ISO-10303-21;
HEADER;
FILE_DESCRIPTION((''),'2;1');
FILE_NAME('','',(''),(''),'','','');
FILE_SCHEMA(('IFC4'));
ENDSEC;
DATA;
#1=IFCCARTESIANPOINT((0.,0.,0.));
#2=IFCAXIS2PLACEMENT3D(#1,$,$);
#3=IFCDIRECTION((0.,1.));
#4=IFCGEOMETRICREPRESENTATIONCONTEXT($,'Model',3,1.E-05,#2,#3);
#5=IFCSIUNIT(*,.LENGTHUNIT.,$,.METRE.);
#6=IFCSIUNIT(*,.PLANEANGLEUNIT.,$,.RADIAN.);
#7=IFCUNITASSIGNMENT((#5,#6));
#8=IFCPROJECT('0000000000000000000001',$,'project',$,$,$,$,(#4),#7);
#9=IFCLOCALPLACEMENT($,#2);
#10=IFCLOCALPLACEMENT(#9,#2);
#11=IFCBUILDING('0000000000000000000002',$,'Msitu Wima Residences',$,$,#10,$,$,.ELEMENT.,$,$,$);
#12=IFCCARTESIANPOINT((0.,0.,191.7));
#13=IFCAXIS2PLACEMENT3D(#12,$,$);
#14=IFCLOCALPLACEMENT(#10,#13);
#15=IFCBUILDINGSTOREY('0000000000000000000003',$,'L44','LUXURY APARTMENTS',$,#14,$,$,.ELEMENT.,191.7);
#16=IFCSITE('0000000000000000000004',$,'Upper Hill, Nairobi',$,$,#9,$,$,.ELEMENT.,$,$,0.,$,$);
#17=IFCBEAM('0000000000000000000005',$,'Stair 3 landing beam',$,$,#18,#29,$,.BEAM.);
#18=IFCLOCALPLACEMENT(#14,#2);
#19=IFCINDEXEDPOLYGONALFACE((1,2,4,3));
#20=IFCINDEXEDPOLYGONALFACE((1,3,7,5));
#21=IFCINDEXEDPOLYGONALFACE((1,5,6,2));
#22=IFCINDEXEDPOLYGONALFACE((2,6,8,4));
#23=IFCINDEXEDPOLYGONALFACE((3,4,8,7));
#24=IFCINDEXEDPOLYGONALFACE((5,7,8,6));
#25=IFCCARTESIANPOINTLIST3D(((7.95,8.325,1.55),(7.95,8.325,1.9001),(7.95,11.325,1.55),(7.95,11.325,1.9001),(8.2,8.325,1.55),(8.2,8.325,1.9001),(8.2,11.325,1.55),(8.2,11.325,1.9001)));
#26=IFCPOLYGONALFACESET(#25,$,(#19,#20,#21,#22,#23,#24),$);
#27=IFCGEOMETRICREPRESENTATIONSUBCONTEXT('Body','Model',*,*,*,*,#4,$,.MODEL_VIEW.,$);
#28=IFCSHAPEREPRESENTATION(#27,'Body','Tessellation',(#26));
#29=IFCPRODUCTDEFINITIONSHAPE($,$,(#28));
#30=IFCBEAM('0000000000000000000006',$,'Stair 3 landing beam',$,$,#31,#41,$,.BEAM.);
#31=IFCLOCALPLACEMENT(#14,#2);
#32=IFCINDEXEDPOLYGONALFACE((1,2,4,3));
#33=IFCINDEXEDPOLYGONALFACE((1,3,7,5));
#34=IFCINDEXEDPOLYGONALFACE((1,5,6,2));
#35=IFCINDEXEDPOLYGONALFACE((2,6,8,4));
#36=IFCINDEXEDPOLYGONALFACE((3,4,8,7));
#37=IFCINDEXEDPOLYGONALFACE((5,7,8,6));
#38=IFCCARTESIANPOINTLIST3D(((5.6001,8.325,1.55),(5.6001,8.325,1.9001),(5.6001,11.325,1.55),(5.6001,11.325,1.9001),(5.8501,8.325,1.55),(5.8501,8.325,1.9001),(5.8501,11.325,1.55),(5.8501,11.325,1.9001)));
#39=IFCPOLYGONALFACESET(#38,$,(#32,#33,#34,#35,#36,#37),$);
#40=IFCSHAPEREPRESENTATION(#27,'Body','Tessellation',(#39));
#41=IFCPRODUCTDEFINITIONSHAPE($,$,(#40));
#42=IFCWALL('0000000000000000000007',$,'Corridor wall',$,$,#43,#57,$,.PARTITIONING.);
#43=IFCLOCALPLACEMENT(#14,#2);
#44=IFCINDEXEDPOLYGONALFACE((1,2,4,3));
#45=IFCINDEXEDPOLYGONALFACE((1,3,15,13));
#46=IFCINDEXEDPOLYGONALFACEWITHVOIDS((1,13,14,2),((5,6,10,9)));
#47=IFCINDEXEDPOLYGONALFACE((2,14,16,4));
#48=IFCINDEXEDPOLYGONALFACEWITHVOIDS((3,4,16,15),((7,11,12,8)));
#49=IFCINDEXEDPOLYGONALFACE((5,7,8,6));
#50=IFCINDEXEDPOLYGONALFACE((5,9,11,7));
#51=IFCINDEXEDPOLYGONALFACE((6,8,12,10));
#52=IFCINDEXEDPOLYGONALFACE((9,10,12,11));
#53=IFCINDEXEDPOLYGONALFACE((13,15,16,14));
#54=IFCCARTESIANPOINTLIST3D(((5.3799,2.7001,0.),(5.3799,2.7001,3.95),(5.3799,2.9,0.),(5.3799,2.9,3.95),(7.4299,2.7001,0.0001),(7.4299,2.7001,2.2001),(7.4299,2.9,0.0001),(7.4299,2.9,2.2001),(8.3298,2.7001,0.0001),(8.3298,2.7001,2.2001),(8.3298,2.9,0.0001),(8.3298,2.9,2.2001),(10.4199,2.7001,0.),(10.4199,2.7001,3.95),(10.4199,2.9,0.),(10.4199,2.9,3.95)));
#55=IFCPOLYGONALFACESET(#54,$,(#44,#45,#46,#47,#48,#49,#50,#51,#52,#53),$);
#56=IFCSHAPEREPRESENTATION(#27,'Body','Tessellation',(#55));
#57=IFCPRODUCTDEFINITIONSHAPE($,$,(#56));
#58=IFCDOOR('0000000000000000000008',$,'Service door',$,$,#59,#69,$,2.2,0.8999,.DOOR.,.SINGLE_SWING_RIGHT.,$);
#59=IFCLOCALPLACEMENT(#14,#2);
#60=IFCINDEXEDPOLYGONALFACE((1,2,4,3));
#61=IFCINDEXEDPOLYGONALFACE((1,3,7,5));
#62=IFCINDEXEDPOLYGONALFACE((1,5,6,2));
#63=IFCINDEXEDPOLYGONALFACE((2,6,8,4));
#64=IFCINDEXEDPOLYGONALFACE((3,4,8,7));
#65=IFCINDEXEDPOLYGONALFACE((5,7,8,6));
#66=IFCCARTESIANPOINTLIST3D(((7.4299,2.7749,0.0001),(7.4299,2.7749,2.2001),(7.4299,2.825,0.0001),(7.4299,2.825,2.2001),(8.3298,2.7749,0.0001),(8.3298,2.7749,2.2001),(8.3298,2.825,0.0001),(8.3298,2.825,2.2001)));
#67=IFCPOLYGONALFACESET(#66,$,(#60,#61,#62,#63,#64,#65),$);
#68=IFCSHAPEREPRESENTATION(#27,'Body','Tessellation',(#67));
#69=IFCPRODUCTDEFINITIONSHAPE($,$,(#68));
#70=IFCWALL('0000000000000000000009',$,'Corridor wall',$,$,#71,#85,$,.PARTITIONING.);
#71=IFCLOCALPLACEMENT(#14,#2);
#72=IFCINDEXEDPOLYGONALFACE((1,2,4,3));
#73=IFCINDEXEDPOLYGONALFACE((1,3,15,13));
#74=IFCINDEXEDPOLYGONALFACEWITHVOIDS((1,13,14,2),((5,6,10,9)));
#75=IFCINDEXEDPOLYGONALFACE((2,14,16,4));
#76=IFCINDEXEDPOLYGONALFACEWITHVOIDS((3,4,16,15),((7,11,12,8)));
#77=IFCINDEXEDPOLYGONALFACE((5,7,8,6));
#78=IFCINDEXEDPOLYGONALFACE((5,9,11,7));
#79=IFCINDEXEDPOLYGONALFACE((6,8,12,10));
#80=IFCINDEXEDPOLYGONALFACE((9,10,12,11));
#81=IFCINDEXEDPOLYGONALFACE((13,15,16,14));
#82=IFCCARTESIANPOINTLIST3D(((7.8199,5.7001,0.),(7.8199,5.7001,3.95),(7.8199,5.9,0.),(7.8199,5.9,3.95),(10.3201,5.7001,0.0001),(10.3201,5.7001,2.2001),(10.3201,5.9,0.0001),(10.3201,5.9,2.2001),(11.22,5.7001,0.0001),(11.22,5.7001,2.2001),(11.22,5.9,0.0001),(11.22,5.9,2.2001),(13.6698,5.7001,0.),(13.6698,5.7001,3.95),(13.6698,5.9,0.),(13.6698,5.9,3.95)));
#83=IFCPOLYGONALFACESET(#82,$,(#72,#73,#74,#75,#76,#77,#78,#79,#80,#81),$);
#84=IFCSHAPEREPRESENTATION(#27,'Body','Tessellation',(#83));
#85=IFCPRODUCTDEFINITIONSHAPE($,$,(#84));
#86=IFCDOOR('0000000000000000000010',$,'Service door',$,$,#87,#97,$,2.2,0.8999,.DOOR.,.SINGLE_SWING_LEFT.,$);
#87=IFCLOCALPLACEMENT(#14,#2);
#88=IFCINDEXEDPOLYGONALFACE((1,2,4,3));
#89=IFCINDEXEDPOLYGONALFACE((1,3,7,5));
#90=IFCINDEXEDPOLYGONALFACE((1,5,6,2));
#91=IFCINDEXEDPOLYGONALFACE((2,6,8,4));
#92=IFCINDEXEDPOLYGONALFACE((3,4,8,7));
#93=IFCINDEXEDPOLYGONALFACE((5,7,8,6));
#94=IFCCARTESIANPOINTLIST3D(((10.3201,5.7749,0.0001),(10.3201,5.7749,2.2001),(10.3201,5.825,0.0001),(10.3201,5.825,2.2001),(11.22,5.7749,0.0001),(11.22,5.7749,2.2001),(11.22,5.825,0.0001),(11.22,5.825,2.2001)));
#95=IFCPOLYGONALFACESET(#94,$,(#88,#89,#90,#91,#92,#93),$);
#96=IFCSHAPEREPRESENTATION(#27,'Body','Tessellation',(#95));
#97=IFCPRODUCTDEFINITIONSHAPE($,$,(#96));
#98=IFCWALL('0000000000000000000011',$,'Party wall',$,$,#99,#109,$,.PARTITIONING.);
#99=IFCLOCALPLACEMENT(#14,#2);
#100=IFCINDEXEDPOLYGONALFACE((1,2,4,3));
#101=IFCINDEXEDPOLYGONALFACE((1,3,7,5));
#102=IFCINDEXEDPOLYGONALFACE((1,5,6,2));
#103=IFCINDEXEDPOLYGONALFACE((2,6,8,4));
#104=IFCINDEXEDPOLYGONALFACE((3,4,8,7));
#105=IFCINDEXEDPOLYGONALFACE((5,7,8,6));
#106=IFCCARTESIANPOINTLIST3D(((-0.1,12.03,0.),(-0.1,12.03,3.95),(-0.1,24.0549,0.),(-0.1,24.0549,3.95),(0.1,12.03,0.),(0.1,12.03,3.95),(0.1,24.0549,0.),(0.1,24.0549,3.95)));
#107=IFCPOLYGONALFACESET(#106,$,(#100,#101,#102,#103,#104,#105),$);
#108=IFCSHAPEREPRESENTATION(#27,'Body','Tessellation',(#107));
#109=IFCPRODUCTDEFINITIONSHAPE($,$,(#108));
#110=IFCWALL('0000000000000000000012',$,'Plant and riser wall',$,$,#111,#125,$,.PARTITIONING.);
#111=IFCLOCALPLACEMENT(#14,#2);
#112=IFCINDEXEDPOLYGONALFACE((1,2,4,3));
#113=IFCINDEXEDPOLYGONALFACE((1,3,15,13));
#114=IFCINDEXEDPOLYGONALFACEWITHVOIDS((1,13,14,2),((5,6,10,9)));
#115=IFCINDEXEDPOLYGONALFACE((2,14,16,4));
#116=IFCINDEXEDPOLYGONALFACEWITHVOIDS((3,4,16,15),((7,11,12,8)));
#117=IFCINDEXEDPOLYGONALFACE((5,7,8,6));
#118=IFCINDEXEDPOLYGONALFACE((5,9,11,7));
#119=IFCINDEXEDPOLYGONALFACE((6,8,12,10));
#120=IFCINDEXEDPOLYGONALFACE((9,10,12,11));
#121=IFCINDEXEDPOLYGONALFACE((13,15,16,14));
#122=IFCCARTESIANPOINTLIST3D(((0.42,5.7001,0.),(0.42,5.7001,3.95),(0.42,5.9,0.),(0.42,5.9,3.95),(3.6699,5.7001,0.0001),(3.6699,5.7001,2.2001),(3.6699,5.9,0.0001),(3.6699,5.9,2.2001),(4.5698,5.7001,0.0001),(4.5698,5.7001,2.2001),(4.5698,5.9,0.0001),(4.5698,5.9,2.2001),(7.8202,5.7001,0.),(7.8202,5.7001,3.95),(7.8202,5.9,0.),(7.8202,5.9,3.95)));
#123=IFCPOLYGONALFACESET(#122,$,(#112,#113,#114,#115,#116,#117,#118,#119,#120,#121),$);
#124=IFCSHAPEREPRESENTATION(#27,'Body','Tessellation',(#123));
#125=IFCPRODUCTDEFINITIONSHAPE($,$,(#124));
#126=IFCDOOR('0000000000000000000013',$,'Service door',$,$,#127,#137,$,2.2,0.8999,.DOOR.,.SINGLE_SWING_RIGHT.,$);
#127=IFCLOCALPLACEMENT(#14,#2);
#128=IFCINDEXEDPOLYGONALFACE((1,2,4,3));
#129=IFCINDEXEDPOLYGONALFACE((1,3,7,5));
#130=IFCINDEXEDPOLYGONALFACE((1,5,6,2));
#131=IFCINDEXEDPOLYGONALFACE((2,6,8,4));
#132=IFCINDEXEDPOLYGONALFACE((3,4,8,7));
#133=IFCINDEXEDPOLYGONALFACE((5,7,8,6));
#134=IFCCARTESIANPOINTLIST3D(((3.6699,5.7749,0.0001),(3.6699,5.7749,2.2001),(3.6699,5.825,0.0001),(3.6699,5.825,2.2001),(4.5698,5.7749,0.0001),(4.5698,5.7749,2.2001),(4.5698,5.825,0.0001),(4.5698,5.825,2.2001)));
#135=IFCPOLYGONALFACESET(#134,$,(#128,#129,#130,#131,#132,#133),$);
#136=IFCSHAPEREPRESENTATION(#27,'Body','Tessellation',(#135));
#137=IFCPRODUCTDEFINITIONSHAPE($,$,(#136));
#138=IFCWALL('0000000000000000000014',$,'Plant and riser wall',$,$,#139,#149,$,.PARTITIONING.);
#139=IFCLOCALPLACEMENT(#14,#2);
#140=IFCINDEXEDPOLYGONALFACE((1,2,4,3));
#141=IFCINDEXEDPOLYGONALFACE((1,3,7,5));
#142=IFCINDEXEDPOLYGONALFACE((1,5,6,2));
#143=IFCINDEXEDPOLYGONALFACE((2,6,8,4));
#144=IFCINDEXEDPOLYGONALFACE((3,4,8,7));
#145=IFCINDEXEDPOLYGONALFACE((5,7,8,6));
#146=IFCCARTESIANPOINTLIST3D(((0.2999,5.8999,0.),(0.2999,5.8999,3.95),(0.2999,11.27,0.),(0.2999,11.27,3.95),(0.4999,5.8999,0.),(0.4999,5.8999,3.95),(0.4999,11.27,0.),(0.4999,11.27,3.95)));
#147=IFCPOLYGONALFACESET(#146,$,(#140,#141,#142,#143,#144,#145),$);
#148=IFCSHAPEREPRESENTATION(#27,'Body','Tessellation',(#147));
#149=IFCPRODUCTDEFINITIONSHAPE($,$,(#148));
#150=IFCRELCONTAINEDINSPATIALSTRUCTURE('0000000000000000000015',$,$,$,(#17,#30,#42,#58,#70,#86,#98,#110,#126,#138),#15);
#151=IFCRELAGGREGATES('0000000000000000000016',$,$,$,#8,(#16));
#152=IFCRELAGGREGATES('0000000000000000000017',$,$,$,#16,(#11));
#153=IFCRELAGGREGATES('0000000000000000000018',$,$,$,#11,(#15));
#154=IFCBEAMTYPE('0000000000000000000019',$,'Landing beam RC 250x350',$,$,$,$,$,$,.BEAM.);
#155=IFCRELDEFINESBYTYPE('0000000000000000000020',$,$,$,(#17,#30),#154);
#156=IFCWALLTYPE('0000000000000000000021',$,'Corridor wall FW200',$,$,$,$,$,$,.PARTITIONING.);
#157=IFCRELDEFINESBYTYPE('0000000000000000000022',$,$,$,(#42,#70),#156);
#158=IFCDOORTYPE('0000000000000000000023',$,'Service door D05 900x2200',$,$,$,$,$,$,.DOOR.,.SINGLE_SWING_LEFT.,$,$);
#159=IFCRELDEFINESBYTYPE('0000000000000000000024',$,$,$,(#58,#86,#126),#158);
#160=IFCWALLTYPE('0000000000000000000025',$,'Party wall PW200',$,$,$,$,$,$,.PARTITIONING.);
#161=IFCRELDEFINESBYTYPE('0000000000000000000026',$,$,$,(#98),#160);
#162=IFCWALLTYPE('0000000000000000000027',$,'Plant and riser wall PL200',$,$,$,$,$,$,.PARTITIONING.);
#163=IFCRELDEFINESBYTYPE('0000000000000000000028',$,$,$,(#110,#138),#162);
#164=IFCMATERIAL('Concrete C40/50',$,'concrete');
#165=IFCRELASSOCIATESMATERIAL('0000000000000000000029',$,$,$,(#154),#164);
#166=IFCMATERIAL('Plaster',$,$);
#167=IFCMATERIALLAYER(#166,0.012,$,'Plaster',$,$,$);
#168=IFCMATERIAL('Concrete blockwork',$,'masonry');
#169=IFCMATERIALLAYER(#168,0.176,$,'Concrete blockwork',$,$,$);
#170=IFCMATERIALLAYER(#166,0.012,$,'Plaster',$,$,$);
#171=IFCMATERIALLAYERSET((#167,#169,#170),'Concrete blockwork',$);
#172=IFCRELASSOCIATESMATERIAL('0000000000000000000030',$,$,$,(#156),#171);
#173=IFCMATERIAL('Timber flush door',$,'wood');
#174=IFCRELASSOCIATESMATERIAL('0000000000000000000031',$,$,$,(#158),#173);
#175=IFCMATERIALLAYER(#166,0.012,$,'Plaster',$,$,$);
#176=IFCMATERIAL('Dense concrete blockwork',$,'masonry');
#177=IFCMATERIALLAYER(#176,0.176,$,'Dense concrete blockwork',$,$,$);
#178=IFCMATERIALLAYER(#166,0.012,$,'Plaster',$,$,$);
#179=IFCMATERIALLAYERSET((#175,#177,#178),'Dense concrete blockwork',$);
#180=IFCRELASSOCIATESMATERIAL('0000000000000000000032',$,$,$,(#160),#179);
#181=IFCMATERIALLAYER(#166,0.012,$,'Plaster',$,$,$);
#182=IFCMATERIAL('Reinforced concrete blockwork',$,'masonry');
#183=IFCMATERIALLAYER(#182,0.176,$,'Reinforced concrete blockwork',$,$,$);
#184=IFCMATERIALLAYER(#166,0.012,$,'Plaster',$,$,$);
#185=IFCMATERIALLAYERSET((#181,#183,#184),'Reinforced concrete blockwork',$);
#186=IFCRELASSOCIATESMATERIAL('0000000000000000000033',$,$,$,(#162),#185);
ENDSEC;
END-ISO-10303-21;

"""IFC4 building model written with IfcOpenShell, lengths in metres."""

from ifc_helpers import new_model, si_unit, direction, frame, frame_2d, origin, origin_2d, place, context, subcontext, project, spatial, rectangle, extrude, material, layer, layer_set, material_profile, profile_set, type_object, element, fill, save


model = new_model("IFC4")

# Units and contexts
model_context = context("Model", 3, precision=1e-05, world=origin(), true_north=direction((0.0, 1.0)))
body_context = subcontext(model_context, "Body", "Model", "MODEL_VIEW")
ifc_project = project(units=[si_unit("LENGTHUNIT", "METRE"), si_unit("PLANEANGLEUNIT", "RADIAN")], contexts=[model_context])

# Site, building, storey
site_placement = place(None, origin())
site = spatial("IfcSite", under=ifc_project, at=site_placement, Name="Upper Hill, Nairobi", CompositionType="ELEMENT", RefElevation=0.0)
building_placement = place(site_placement, origin())
building = spatial("IfcBuilding", under=site, at=building_placement, Name="Msitu Wima Residences", CompositionType="ELEMENT")
storey_placement = place(building_placement, frame((0.0, 0.0, 191.7)))
storey = spatial("IfcBuildingStorey", under=building, at=storey_placement, Name="L44", Description="LUXURY APARTMENTS", CompositionType="ELEMENT", Elevation=191.7)

# Beams
ifc_material_1 = material(Name="Concrete C40/50", Category="concrete")
ifc_material_profile = material_profile(ifc_material_1, rectangle(XDim=0.25, YDim=0.3501, at=origin_2d()), Name="RC 250x350")
ifc_profile_set = profile_set([ifc_material_profile], Name="Concrete C40/50")
beam_type = type_object("IfcBeamType", Name="Landing beam RC 250x350", PredefinedType="BEAM", material=ifc_profile_set)
for number, where, z_axis, x_axis, name in (
    (1, (8.075, 8.325, 1.7251), (0.0, 1.0, 0.0), (-1.0, 0.0, 0.0), "Stair 3 landing beam"),
    (2, (5.7251, 8.325, 1.7251), (0.0, 1.0, 0.0), (-1.0, 0.0, 0.0), "Stair 3 landing beam"),
):
    element("IfcBeam", number, at=place(storey_placement, frame(where, z_axis=z_axis, x_axis=x_axis)), inside=storey, type_object=beam_type, Name=name, PredefinedType="BEAM", context=body_context, shape_type="SweptSolid", body=[
        extrude(rectangle(XDim=0.25, YDim=0.3501, at=origin_2d()), origin(), (0.0, 0.0, 1.0), 3.0),
    ])

# Walls, openings, doors
ifc_material_2 = material(Name="Plaster")
ifc_layer_1 = layer(ifc_material_2, 0.012, Name="Plaster")
ifc_material_3 = material(Name="Concrete blockwork", Category="masonry")
ifc_layer_2 = layer(ifc_material_3, 0.176, Name="Concrete blockwork")
ifc_layer_3 = layer(ifc_material_2, 0.012, Name="Plaster")
ifc_layer_set_1 = layer_set([ifc_layer_1, ifc_layer_2, ifc_layer_3], Name="Concrete blockwork")
wall_type_1 = type_object("IfcWallType", Name="Corridor wall FW200", PredefinedType="PARTITIONING", material=ifc_layer_set_1)
wall_1_placement = place(storey_placement, frame((5.3799, 2.8, 0.0), z_axis=(0.0, 0.0, 1.0), x_axis=(1.0, 0.0, 0.0)))
wall_1 = element("IfcWall", 3, at=wall_1_placement, inside=storey, type_object=wall_type_1, Name="Corridor wall", PredefinedType="PARTITIONING", context=body_context, shape_type="SweptSolid", body=[
    extrude(rectangle(XDim=5.04, YDim=0.2, at=frame_2d((2.52, 0.0))), origin(), (0.0, 0.0, 1.0), 3.95),
])
opening_1_placement = place(wall_1_placement, frame((2.05, 0.0, 0.0)))
opening_1 = element("IfcOpeningElement", 4, at=opening_1_placement, cuts=wall_1, PredefinedType="OPENING", context=body_context, shape_type="SweptSolid", body=[
    extrude(rectangle(XDim=0.8999, YDim=2.2, at=frame_2d((0.45, 1.1001))), frame((0.0, 0.1099, 0.0), z_axis=(0.0, -1.0, 0.0), x_axis=(1.0, 0.0, 0.0)), (0.0, 0.0, 1.0), 0.22),
])
ifc_material_4 = material(Name="Timber flush door", Category="wood")
door_type = type_object("IfcDoorType", Name="Service door D05 900x2200", OperationType="SINGLE_SWING_LEFT", PredefinedType="DOOR", material=ifc_material_4)
door_1_placement = place(opening_1_placement, origin())
door_1 = element("IfcDoor", 5, at=door_1_placement, inside=storey, type_object=door_type, Name="Service door", OperationType="SINGLE_SWING_RIGHT", OverallHeight=2.2, OverallWidth=0.8999, PredefinedType="DOOR", context=body_context, shape_type="SweptSolid", body=[
    extrude(rectangle(XDim=0.8999, YDim=2.2, at=frame_2d((0.45, 1.1001))), frame((0.0, 0.0249, 0.0), z_axis=(0.0, -1.0, 0.0), x_axis=(1.0, 0.0, 0.0)), (0.0, 0.0, 1.0), 0.05),
])
fill(opening_1, door_1)
wall_2_placement = place(storey_placement, frame((7.8201, 5.8, 0.0), z_axis=(0.0, 0.0, 1.0), x_axis=(1.0, 0.0, 0.0)))
wall_2 = element("IfcWall", 6, at=wall_2_placement, inside=storey, type_object=wall_type_1, Name="Corridor wall", PredefinedType="PARTITIONING", context=body_context, shape_type="SweptSolid", body=[
    extrude(rectangle(XDim=5.8499, YDim=0.2, at=frame_2d((2.9248, 0.0))), origin(), (0.0, 0.0, 1.0), 3.95),
])
opening_2_placement = place(wall_2_placement, frame((2.5, 0.0, 0.0)))
opening_2 = element("IfcOpeningElement", 7, at=opening_2_placement, cuts=wall_2, PredefinedType="OPENING", context=body_context, shape_type="SweptSolid", body=[
    extrude(rectangle(XDim=0.8999, YDim=2.2, at=frame_2d((0.45, 1.1001))), frame((0.0, 0.1099, 0.0), z_axis=(0.0, -1.0, 0.0), x_axis=(1.0, 0.0, 0.0)), (0.0, 0.0, 1.0), 0.22),
])
door_2_placement = place(opening_2_placement, origin())
door_2 = element("IfcDoor", 8, at=door_2_placement, inside=storey, type_object=door_type, Name="Service door", OperationType="SINGLE_SWING_LEFT", OverallHeight=2.2, OverallWidth=0.8999, PredefinedType="DOOR", context=body_context, shape_type="SweptSolid", body=[
    extrude(rectangle(XDim=0.8999, YDim=2.2, at=frame_2d((0.45, 1.1001))), frame((0.0, 0.0249, 0.0), z_axis=(0.0, -1.0, 0.0), x_axis=(1.0, 0.0, 0.0)), (0.0, 0.0, 1.0), 0.05),
])
fill(opening_2, door_2)

# Wall
ifc_layer_4 = layer(ifc_material_2, 0.012, Name="Plaster")
ifc_material_5 = material(Name="Dense concrete blockwork", Category="masonry")
ifc_layer_5 = layer(ifc_material_5, 0.176, Name="Dense concrete blockwork")
ifc_layer_6 = layer(ifc_material_2, 0.012, Name="Plaster")
ifc_layer_set_2 = layer_set([ifc_layer_4, ifc_layer_5, ifc_layer_6], Name="Dense concrete blockwork")
wall_type_2 = type_object("IfcWallType", Name="Party wall PW200", PredefinedType="PARTITIONING", material=ifc_layer_set_2)
wall_3_placement = place(storey_placement, frame((0.0, 12.03, 0.0), z_axis=(0.0, 0.0, 1.0), x_axis=(0.0, 1.0, 0.0)))
element("IfcWall", 9, at=wall_3_placement, inside=storey, type_object=wall_type_2, Name="Party wall", PredefinedType="PARTITIONING", context=body_context, shape_type="SweptSolid", body=[
    extrude(rectangle(XDim=12.0249, YDim=0.2, at=frame_2d((6.0125, 0.0))), origin(), (0.0, 0.0, 1.0), 3.95),
])

# Wall, opening, door
ifc_layer_7 = layer(ifc_material_2, 0.012, Name="Plaster")
ifc_material_6 = material(Name="Reinforced concrete blockwork", Category="masonry")
ifc_layer_8 = layer(ifc_material_6, 0.176, Name="Reinforced concrete blockwork")
ifc_layer_9 = layer(ifc_material_2, 0.012, Name="Plaster")
ifc_layer_set_3 = layer_set([ifc_layer_7, ifc_layer_8, ifc_layer_9], Name="Reinforced concrete blockwork")
wall_type_3 = type_object("IfcWallType", Name="Plant and riser wall PL200", PredefinedType="PARTITIONING", material=ifc_layer_set_3)
wall_4_placement = place(storey_placement, frame((0.4199, 5.8, 0.0), z_axis=(0.0, 0.0, 1.0), x_axis=(1.0, 0.0, 0.0)))
wall_4 = element("IfcWall", 10, at=wall_4_placement, inside=storey, type_object=wall_type_3, Name="Plant and riser wall", PredefinedType="PARTITIONING", context=body_context, shape_type="SweptSolid", body=[
    extrude(rectangle(XDim=7.4001, YDim=0.2, at=frame_2d((3.7002, 0.0))), origin(), (0.0, 0.0, 1.0), 3.95),
])
opening_3_placement = place(wall_4_placement, frame((3.25, 0.0, 0.0)))
opening_3 = element("IfcOpeningElement", 11, at=opening_3_placement, cuts=wall_4, PredefinedType="OPENING", context=body_context, shape_type="SweptSolid", body=[
    extrude(rectangle(XDim=0.8999, YDim=2.2, at=frame_2d((0.45, 1.1001))), frame((0.0, 0.1099, 0.0), z_axis=(0.0, -1.0, 0.0), x_axis=(1.0, 0.0, 0.0)), (0.0, 0.0, 1.0), 0.22),
])
door_3_placement = place(opening_3_placement, origin())
door_3 = element("IfcDoor", 12, at=door_3_placement, inside=storey, type_object=door_type, Name="Service door", OperationType="SINGLE_SWING_RIGHT", OverallHeight=2.2, OverallWidth=0.8999, PredefinedType="DOOR", context=body_context, shape_type="SweptSolid", body=[
    extrude(rectangle(XDim=0.8999, YDim=2.2, at=frame_2d((0.45, 1.1001))), frame((0.0, 0.0249, 0.0), z_axis=(0.0, -1.0, 0.0), x_axis=(1.0, 0.0, 0.0)), (0.0, 0.0, 1.0), 0.05),
])
fill(opening_3, door_3)

# Wall
wall_5_placement = place(storey_placement, frame((0.3999, 5.8999, 0.0), z_axis=(0.0, 0.0, 1.0), x_axis=(0.0, 1.0, 0.0)))
element("IfcWall", 13, at=wall_5_placement, inside=storey, type_object=wall_type_3, Name="Plant and riser wall", PredefinedType="PARTITIONING", context=body_context, shape_type="SweptSolid", body=[
    extrude(rectangle(XDim=5.3701, YDim=0.2, at=frame_2d((2.6851, 0.0))), origin(), (0.0, 0.0, 1.0), 3.95),
])

save(model, "model.ifc")
